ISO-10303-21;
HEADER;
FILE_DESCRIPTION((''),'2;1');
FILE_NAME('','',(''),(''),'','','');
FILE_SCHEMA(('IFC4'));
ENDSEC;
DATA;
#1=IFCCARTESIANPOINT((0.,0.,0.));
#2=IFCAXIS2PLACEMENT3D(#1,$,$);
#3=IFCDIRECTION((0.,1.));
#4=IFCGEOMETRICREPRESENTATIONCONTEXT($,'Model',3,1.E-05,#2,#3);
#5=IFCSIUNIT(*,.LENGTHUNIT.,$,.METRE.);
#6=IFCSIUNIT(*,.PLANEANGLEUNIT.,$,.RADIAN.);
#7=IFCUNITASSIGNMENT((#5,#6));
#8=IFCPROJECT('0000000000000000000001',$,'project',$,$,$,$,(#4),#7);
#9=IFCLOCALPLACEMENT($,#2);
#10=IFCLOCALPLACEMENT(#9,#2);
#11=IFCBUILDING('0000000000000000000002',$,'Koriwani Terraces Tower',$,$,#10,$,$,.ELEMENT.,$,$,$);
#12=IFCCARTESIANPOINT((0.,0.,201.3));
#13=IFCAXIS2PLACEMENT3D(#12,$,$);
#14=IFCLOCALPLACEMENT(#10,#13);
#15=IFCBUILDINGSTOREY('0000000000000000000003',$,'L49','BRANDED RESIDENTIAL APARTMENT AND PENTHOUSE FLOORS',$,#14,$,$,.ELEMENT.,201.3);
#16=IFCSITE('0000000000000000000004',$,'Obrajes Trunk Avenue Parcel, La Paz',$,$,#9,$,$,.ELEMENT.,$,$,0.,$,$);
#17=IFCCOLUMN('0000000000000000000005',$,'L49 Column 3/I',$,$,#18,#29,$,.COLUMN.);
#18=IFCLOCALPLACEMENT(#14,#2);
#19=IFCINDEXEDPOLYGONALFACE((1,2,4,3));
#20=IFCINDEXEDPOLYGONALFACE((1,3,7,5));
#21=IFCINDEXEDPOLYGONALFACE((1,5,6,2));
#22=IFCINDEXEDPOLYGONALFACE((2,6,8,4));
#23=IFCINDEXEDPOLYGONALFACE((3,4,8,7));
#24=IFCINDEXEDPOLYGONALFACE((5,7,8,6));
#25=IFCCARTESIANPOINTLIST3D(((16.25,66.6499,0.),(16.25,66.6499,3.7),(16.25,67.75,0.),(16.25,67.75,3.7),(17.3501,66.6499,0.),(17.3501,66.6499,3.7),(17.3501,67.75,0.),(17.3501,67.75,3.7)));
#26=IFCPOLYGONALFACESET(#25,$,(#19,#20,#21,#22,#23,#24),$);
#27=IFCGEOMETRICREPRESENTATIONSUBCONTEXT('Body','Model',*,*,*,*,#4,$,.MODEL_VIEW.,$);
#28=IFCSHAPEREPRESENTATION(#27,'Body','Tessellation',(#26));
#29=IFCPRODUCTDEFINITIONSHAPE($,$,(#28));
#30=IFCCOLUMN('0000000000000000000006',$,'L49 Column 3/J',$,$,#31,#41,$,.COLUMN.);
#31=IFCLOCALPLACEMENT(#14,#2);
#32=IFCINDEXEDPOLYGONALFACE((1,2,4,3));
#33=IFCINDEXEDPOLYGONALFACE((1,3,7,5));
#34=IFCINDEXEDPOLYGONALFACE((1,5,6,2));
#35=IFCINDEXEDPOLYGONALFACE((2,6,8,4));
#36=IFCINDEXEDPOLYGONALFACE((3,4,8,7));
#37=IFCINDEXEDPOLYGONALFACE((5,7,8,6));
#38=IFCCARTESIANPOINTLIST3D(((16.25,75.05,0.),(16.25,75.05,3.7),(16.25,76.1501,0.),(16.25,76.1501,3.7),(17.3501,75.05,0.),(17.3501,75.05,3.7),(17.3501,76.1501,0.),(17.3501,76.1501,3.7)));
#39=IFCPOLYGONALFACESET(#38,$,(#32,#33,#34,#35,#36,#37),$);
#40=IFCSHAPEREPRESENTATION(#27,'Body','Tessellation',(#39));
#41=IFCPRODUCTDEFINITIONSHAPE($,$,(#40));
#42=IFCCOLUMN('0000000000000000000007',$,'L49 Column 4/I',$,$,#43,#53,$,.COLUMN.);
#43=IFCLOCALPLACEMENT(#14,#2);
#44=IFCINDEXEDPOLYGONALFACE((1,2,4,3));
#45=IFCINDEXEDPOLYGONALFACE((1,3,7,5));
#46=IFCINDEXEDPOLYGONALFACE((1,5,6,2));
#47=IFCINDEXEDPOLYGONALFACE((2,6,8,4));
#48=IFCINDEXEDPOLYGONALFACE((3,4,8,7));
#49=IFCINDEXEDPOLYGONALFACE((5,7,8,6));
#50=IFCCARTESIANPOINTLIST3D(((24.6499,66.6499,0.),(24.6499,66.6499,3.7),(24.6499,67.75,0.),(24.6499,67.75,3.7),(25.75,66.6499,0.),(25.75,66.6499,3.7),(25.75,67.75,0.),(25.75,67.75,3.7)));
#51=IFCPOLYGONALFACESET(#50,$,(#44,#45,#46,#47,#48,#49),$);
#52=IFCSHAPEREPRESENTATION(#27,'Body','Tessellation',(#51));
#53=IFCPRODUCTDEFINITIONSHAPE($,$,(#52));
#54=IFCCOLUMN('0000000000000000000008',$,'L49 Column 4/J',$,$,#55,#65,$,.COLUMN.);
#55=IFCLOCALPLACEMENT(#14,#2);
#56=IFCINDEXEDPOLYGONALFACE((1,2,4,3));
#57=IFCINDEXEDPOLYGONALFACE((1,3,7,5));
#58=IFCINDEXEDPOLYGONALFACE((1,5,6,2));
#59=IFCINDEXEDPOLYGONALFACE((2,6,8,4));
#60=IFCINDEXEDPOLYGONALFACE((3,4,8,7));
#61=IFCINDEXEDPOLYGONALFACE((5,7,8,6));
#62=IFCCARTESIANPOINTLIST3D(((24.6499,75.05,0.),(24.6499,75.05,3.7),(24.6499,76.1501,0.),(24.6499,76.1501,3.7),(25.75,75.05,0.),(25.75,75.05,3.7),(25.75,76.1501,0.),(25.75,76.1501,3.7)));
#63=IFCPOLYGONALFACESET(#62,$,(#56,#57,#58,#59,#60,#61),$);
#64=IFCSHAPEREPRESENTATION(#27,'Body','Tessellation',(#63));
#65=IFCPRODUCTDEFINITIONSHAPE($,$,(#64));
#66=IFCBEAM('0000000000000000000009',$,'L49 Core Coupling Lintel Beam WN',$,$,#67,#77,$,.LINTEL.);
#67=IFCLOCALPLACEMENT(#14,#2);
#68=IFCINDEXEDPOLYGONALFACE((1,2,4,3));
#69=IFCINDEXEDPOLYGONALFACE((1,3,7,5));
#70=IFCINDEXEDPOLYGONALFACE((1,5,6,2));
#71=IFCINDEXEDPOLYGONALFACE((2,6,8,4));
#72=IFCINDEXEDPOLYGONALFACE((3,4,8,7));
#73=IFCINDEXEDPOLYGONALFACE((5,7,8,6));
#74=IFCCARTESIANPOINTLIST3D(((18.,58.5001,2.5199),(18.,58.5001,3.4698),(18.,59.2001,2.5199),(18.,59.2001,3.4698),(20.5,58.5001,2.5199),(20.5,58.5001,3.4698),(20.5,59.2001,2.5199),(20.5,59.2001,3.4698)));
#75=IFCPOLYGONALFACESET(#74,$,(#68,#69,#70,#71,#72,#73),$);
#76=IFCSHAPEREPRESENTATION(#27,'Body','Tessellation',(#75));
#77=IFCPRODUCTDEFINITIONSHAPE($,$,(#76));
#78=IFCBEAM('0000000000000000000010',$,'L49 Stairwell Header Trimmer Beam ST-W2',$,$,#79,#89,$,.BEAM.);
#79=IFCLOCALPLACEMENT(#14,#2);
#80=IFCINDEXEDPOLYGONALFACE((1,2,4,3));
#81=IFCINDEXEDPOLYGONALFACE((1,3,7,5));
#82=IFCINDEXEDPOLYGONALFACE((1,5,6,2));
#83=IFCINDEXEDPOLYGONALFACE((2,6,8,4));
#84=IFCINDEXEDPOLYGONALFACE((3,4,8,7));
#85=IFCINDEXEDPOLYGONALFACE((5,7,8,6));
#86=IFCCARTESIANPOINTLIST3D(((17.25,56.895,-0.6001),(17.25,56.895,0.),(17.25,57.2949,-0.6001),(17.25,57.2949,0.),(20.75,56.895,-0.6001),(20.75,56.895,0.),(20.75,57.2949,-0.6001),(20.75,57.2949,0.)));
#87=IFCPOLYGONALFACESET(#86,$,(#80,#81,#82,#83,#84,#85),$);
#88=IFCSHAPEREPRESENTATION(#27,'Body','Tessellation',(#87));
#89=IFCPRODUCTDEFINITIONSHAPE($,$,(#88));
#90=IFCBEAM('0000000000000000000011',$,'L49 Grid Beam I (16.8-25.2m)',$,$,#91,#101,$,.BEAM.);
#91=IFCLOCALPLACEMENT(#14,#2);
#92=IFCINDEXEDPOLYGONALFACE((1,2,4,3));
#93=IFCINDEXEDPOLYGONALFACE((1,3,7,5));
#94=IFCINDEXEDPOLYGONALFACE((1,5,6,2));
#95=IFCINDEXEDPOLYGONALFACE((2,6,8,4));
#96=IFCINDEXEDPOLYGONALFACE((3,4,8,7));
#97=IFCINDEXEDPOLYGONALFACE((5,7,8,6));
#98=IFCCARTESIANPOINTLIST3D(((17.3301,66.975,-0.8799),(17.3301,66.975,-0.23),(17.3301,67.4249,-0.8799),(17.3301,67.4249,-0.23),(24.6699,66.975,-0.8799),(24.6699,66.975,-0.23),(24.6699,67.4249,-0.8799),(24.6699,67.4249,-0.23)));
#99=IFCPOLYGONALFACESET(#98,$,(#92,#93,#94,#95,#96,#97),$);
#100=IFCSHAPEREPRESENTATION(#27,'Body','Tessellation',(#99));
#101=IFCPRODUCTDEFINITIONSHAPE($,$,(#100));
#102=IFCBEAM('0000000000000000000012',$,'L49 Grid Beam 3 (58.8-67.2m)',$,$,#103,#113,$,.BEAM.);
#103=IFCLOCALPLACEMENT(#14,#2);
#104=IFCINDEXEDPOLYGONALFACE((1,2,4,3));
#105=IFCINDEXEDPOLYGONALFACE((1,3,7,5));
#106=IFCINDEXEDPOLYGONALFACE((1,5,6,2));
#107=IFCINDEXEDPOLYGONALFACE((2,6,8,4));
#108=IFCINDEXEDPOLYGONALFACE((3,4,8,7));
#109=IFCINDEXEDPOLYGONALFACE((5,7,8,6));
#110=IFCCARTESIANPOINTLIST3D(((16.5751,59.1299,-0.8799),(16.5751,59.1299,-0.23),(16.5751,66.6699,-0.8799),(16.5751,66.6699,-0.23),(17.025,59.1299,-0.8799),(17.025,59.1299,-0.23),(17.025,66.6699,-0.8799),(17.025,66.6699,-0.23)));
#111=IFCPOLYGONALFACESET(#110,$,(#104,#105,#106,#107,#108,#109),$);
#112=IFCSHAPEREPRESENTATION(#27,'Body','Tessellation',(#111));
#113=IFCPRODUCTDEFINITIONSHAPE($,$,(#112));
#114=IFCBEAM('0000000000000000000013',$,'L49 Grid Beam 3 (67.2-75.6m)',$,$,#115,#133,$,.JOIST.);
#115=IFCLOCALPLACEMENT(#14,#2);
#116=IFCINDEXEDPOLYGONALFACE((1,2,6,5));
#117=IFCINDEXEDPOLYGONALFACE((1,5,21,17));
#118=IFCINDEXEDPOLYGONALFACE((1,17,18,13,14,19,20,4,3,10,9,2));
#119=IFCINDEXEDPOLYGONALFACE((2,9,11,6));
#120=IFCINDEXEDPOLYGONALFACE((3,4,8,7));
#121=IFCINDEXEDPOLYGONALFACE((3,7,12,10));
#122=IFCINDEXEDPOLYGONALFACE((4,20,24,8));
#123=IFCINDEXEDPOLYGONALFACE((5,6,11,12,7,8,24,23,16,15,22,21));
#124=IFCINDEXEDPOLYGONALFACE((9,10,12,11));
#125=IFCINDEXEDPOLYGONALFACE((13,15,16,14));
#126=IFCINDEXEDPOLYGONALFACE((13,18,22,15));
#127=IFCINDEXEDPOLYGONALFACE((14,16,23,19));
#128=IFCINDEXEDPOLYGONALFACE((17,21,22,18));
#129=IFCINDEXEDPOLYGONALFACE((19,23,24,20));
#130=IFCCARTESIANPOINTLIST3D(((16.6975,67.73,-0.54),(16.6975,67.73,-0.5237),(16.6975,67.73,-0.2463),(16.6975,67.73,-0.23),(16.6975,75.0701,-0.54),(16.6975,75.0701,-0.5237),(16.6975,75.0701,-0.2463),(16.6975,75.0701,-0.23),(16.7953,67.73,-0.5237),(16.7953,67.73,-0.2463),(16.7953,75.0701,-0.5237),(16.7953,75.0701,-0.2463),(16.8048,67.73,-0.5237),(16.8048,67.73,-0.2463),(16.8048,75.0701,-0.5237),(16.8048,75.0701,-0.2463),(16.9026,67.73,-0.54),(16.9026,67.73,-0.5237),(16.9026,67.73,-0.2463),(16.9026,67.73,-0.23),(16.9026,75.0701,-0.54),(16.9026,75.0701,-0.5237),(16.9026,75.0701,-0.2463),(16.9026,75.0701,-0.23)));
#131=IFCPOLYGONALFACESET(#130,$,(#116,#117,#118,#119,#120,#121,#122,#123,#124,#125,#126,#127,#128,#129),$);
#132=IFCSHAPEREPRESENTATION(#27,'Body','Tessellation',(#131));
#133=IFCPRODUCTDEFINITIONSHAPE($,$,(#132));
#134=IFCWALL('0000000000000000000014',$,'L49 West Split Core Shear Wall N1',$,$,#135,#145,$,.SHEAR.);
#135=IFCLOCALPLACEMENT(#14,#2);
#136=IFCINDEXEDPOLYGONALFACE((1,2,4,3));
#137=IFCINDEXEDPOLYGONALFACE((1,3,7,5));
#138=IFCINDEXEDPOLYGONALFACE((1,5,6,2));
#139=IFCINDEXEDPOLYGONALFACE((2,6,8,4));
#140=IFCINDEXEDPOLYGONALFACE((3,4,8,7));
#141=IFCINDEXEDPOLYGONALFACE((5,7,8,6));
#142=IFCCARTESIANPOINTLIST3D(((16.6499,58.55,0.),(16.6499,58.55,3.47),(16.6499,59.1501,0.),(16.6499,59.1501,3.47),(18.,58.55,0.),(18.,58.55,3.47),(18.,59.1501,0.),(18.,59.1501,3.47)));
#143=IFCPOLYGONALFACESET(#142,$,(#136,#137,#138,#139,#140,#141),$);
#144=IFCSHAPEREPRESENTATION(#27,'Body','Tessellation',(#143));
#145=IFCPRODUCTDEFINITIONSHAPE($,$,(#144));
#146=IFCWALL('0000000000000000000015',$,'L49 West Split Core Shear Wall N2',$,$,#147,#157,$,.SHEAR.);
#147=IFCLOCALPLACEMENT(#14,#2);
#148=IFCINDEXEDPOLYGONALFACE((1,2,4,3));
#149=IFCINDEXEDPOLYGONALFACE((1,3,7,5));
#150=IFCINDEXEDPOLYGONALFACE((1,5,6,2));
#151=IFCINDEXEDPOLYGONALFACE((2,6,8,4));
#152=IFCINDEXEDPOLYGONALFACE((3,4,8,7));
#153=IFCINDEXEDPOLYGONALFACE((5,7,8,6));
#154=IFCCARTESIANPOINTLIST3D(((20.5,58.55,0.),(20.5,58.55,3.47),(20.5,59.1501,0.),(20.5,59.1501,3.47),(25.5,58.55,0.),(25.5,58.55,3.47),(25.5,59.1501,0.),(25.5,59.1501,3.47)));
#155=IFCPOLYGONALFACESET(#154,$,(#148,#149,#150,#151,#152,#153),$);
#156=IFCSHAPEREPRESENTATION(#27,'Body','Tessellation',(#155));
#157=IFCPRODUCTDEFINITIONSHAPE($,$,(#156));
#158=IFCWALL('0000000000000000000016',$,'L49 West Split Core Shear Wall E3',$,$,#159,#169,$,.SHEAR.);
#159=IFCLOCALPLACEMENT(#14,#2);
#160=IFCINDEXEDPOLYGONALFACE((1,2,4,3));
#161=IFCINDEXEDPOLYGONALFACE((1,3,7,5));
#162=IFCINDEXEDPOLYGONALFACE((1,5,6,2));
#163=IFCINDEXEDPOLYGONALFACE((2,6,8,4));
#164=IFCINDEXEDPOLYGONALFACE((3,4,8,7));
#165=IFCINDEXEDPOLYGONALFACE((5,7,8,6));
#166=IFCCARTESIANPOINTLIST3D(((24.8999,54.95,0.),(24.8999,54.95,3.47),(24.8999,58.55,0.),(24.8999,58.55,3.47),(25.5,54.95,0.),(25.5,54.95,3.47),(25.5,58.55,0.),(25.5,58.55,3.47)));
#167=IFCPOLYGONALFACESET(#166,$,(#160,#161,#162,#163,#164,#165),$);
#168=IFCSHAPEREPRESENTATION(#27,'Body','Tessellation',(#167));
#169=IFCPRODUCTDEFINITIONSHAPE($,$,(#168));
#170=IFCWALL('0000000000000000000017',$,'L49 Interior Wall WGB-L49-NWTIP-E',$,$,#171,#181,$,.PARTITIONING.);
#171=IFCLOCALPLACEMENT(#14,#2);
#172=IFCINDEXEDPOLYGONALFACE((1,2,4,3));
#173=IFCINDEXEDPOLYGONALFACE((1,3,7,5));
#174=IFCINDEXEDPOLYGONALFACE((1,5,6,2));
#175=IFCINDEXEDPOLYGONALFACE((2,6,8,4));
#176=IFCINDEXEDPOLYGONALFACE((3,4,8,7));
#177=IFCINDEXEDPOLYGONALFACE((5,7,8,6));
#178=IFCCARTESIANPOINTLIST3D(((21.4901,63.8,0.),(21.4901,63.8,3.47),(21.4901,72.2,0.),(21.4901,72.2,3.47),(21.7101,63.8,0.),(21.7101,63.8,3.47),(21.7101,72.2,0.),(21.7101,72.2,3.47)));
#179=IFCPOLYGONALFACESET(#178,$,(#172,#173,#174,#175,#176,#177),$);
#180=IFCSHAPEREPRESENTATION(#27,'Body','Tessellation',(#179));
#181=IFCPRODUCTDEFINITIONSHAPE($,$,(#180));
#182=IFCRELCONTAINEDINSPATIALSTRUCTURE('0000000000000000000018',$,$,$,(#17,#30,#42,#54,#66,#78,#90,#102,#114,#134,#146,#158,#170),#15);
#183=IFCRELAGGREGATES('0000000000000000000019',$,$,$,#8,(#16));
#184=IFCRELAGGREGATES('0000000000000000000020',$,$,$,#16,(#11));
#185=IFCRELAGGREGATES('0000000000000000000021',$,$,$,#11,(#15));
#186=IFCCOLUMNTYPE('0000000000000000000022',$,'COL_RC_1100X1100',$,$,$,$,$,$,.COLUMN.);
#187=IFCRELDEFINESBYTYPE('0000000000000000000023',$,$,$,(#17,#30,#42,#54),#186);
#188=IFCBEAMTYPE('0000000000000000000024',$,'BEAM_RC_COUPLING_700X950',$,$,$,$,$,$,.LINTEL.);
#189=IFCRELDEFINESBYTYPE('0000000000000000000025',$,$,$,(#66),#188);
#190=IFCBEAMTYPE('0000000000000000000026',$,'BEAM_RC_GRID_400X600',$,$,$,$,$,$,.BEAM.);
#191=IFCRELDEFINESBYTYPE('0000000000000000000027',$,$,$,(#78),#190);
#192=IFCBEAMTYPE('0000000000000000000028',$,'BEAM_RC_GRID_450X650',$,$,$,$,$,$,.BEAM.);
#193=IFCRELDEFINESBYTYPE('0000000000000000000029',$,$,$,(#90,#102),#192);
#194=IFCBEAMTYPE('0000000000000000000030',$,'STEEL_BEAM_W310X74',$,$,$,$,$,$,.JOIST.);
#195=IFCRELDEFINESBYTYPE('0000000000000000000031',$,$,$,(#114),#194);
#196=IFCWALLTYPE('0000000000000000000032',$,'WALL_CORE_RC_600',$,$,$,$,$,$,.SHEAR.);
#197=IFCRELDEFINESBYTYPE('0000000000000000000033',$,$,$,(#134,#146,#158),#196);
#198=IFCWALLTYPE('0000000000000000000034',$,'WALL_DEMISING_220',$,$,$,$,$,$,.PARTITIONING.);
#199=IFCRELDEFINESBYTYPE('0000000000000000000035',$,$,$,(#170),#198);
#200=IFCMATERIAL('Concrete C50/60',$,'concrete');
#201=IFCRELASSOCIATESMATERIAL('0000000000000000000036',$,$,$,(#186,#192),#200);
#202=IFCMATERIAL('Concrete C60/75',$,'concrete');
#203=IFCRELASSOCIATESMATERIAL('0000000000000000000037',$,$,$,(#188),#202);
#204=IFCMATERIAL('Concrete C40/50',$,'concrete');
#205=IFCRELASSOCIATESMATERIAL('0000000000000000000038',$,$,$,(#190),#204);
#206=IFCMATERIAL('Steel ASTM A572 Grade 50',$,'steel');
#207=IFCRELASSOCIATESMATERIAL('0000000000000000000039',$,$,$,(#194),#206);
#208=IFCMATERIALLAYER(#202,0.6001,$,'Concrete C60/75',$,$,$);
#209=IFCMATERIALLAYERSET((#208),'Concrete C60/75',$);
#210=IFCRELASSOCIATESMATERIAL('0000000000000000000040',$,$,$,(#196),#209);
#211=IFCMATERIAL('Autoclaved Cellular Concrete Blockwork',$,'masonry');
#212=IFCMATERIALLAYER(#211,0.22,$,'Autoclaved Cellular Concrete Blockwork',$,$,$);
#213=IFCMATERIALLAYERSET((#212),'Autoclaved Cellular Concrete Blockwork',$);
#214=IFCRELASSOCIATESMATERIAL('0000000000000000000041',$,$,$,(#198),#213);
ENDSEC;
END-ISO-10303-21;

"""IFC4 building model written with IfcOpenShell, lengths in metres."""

from ifc_helpers import new_model, si_unit, direction, frame, frame_2d, origin, origin_2d, place, context, subcontext, project, spatial, rectangle, i_section, extrude, material, layer, layer_set, material_profile, profile_set, type_object, element, save


model = new_model("IFC4")

# Units and contexts
model_context = context("Model", 3, precision=1e-05, world=origin(), true_north=direction((0.0, 1.0)))
body_context = subcontext(model_context, "Body", "Model", "MODEL_VIEW")
ifc_project = project(units=[si_unit("LENGTHUNIT", "METRE"), si_unit("PLANEANGLEUNIT", "RADIAN")], contexts=[model_context])

# Site, building, storey
site_placement = place(None, origin())
site = spatial("IfcSite", under=ifc_project, at=site_placement, Name="Obrajes Trunk Avenue Parcel, La Paz", CompositionType="ELEMENT", RefElevation=0.0)
building_placement = place(site_placement, origin())
building = spatial("IfcBuilding", under=site, at=building_placement, Name="Koriwani Terraces Tower", CompositionType="ELEMENT")
storey_placement = place(building_placement, frame((0.0, 0.0, 201.3)))
storey = spatial("IfcBuildingStorey", under=building, at=storey_placement, Name="L49", Description="BRANDED RESIDENTIAL APARTMENT AND PENTHOUSE FLOORS", CompositionType="ELEMENT", Elevation=201.3)

# Columns
ifc_material_1 = material(Name="Concrete C50/60", Category="concrete")
ifc_material_profile_1 = material_profile(ifc_material_1, rectangle(XDim=1.1001, YDim=1.1001, at=origin_2d()), Name="Concrete C50/60", Category="LoadBearing")
ifc_profile_set_1 = profile_set([ifc_material_profile_1], Name="Concrete C50/60")
column_type = type_object("IfcColumnType", Name="COL_RC_1100X1100", PredefinedType="COLUMN", material=ifc_profile_set_1)
for number, where, z_axis, x_axis, name in (
    (1, (16.8, 67.2, 0.0), (0.0, 0.0, 1.0), (1.0, 0.0, 0.0), "L49 Column 3/I"),
    (2, (16.8, 75.6001, 0.0), (0.0, 0.0, 1.0), (1.0, 0.0, 0.0), "L49 Column 3/J"),
    (3, (25.2, 67.2, 0.0), (0.0, 0.0, 1.0), (1.0, 0.0, 0.0), "L49 Column 4/I"),
    (4, (25.2, 75.6001, 0.0), (0.0, 0.0, 1.0), (1.0, 0.0, 0.0), "L49 Column 4/J"),
):
    element("IfcColumn", number, at=place(storey_placement, frame(where, z_axis=z_axis, x_axis=x_axis)), inside=storey, type_object=column_type, Name=name, PredefinedType="COLUMN", context=body_context, shape_type="SweptSolid", body=[
        extrude(rectangle(XDim=1.1001, YDim=1.1001, at=origin_2d()), origin(), (0.0, 0.0, 1.0), 3.7),
    ])

# Beams
ifc_material_2 = material(Name="Concrete C60/75", Category="concrete")
ifc_material_profile_2 = material_profile(ifc_material_2, rectangle(XDim=0.7, YDim=0.95, at=origin_2d()), Name="Concrete C60/75", Category="LoadBearing")
ifc_profile_set_2 = profile_set([ifc_material_profile_2], Name="Concrete C60/75")
beam_type_1 = type_object("IfcBeamType", Name="BEAM_RC_COUPLING_700X950", PredefinedType="LINTEL", material=ifc_profile_set_2)
beam_1_placement = place(storey_placement, frame((18.0, 58.8501, 2.9949), z_axis=(1.0, 0.0, 0.0), x_axis=(0.0, 1.0, 0.0)))
element("IfcBeam", 5, at=beam_1_placement, inside=storey, type_object=beam_type_1, Name="L49 Core Coupling Lintel Beam WN", PredefinedType="LINTEL", context=body_context, shape_type="SweptSolid", body=[
    extrude(rectangle(XDim=0.7, YDim=0.95, at=origin_2d()), origin(), (0.0, 0.0, 1.0), 2.5),
])
ifc_material_3 = material(Name="Concrete C40/50", Category="concrete")
ifc_material_profile_3 = material_profile(ifc_material_3, rectangle(XDim=0.3999, YDim=0.6001, at=origin_2d()), Name="Concrete C40/50", Category="LoadBearing")
ifc_profile_set_3 = profile_set([ifc_material_profile_3], Name="Concrete C40/50")
beam_type_2 = type_object("IfcBeamType", Name="BEAM_RC_GRID_400X600", PredefinedType="BEAM", material=ifc_profile_set_3)
beam_2_placement = place(storey_placement, frame((17.25, 57.095, -0.3), z_axis=(1.0, 0.0, 0.0), x_axis=(0.0, 1.0, 0.0)))
element("IfcBeam", 6, at=beam_2_placement, inside=storey, type_object=beam_type_2, Name="L49 Stairwell Header Trimmer Beam ST-W2", PredefinedType="BEAM", context=body_context, shape_type="SweptSolid", body=[
    extrude(rectangle(XDim=0.3999, YDim=0.6001, at=origin_2d()), origin(), (0.0, 0.0, 1.0), 3.5),
])
ifc_material_profile_4 = material_profile(ifc_material_1, rectangle(XDim=0.45, YDim=0.6499, at=origin_2d()), Name="Concrete C50/60", Category="LoadBearing")
ifc_profile_set_4 = profile_set([ifc_material_profile_4], Name="Concrete C50/60")
beam_type_3 = type_object("IfcBeamType", Name="BEAM_RC_GRID_450X650", PredefinedType="BEAM", material=ifc_profile_set_4)
beam_3_placement = place(storey_placement, frame((17.3301, 67.2, -0.5549), z_axis=(1.0, 0.0, 0.0), x_axis=(0.0, 1.0, 0.0)))
element("IfcBeam", 7, at=beam_3_placement, inside=storey, type_object=beam_type_3, Name="L49 Grid Beam I (16.8-25.2m)", PredefinedType="BEAM", context=body_context, shape_type="SweptSolid", body=[
    extrude(rectangle(XDim=0.45, YDim=0.6499, at=origin_2d()), origin(), (0.0, 0.0, 1.0), 7.3398),
])
beam_4_placement = place(storey_placement, frame((16.8, 59.1299, -0.5549), z_axis=(0.0, 1.0, 0.0), x_axis=(-1.0, 0.0, 0.0)))
element("IfcBeam", 8, at=beam_4_placement, inside=storey, type_object=beam_type_3, Name="L49 Grid Beam 3 (58.8-67.2m)", PredefinedType="BEAM", context=body_context, shape_type="SweptSolid", body=[
    extrude(rectangle(XDim=0.45, YDim=0.6499, at=origin_2d()), origin(), (0.0, 0.0, 1.0), 7.54),
])
ifc_material_4 = material(Name="Steel ASTM A572 Grade 50", Category="steel")
ifc_material_profile_5 = material_profile(ifc_material_4, i_section(OverallWidth=0.2051, OverallDepth=0.3101, WebThickness=0.0095, FlangeThickness=0.0164, at=origin_2d()), Name="Steel ASTM A572 Grade 50", Category="LoadBearing")
ifc_profile_set_5 = profile_set([ifc_material_profile_5], Name="Steel ASTM A572 Grade 50")
beam_type_4 = type_object("IfcBeamType", Name="STEEL_BEAM_W310X74", PredefinedType="JOIST", material=ifc_profile_set_5)
beam_5_placement = place(storey_placement, frame((16.8, 67.73, -0.385), z_axis=(0.0, 1.0, 0.0), x_axis=(-1.0, 0.0, 0.0)))
element("IfcBeam", 9, at=beam_5_placement, inside=storey, type_object=beam_type_4, Name="L49 Grid Beam 3 (67.2-75.6m)", PredefinedType="JOIST", context=body_context, shape_type="SweptSolid", body=[
    extrude(i_section(OverallWidth=0.2051, OverallDepth=0.3101, WebThickness=0.0095, FlangeThickness=0.0164, at=origin_2d()), origin(), (0.0, 0.0, 1.0), 7.3401),
])

# Walls
ifc_layer_1 = layer(ifc_material_2, 0.6001, Name="Concrete C60/75")
ifc_layer_set_1 = layer_set([ifc_layer_1], Name="Concrete C60/75")
wall_type_1 = type_object("IfcWallType", Name="WALL_CORE_RC_600", PredefinedType="SHEAR", material=ifc_layer_set_1)
wall_1_placement = place(storey_placement, frame((16.6499, 58.8501, 0.0), z_axis=(0.0, 0.0, 1.0), x_axis=(1.0, 0.0, 0.0)))
element("IfcWall", 10, at=wall_1_placement, inside=storey, type_object=wall_type_1, Name="L49 West Split Core Shear Wall N1", PredefinedType="SHEAR", context=body_context, shape_type="SweptSolid", body=[
    extrude(rectangle(XDim=1.3501, YDim=0.6001, at=frame_2d((0.675, 0.0))), origin(), (0.0, 0.0, 1.0), 3.47),
])
wall_2_placement = place(storey_placement, frame((20.5, 58.8501, 0.0), z_axis=(0.0, 0.0, 1.0), x_axis=(1.0, 0.0, 0.0)))
element("IfcWall", 11, at=wall_2_placement, inside=storey, type_object=wall_type_1, Name="L49 West Split Core Shear Wall N2", PredefinedType="SHEAR", context=body_context, shape_type="SweptSolid", body=[
    extrude(rectangle(XDim=5.0, YDim=0.6001, at=frame_2d((2.5, 0.0))), origin(), (0.0, 0.0, 1.0), 3.47),
])
wall_3_placement = place(storey_placement, frame((25.2, 54.95, 0.0), z_axis=(0.0, 0.0, 1.0), x_axis=(0.0, 1.0, 0.0)))
element("IfcWall", 12, at=wall_3_placement, inside=storey, type_object=wall_type_1, Name="L49 West Split Core Shear Wall E3", PredefinedType="SHEAR", context=body_context, shape_type="SweptSolid", body=[
    extrude(rectangle(XDim=3.6001, YDim=0.6001, at=frame_2d((1.8, 0.0))), origin(), (0.0, 0.0, 1.0), 3.47),
])
ifc_material_5 = material(Name="Autoclaved Cellular Concrete Blockwork", Category="masonry")
ifc_layer_2 = layer(ifc_material_5, 0.22, Name="Autoclaved Cellular Concrete Blockwork")
ifc_layer_set_2 = layer_set([ifc_layer_2], Name="Autoclaved Cellular Concrete Blockwork")
wall_type_2 = type_object("IfcWallType", Name="WALL_DEMISING_220", PredefinedType="PARTITIONING", material=ifc_layer_set_2)
wall_4_placement = place(storey_placement, frame((21.6001, 63.8, 0.0), z_axis=(0.0, 0.0, 1.0), x_axis=(0.0, 1.0, 0.0)))
element("IfcWall", 13, at=wall_4_placement, inside=storey, type_object=wall_type_2, Name="L49 Interior Wall WGB-L49-NWTIP-E", PredefinedType="PARTITIONING", context=body_context, shape_type="SweptSolid", body=[
    extrude(rectangle(XDim=8.3999, YDim=0.22, at=frame_2d((4.2, 0.0))), origin(), (0.0, 0.0, 1.0), 3.47),
])

save(model, "model.ifc")
